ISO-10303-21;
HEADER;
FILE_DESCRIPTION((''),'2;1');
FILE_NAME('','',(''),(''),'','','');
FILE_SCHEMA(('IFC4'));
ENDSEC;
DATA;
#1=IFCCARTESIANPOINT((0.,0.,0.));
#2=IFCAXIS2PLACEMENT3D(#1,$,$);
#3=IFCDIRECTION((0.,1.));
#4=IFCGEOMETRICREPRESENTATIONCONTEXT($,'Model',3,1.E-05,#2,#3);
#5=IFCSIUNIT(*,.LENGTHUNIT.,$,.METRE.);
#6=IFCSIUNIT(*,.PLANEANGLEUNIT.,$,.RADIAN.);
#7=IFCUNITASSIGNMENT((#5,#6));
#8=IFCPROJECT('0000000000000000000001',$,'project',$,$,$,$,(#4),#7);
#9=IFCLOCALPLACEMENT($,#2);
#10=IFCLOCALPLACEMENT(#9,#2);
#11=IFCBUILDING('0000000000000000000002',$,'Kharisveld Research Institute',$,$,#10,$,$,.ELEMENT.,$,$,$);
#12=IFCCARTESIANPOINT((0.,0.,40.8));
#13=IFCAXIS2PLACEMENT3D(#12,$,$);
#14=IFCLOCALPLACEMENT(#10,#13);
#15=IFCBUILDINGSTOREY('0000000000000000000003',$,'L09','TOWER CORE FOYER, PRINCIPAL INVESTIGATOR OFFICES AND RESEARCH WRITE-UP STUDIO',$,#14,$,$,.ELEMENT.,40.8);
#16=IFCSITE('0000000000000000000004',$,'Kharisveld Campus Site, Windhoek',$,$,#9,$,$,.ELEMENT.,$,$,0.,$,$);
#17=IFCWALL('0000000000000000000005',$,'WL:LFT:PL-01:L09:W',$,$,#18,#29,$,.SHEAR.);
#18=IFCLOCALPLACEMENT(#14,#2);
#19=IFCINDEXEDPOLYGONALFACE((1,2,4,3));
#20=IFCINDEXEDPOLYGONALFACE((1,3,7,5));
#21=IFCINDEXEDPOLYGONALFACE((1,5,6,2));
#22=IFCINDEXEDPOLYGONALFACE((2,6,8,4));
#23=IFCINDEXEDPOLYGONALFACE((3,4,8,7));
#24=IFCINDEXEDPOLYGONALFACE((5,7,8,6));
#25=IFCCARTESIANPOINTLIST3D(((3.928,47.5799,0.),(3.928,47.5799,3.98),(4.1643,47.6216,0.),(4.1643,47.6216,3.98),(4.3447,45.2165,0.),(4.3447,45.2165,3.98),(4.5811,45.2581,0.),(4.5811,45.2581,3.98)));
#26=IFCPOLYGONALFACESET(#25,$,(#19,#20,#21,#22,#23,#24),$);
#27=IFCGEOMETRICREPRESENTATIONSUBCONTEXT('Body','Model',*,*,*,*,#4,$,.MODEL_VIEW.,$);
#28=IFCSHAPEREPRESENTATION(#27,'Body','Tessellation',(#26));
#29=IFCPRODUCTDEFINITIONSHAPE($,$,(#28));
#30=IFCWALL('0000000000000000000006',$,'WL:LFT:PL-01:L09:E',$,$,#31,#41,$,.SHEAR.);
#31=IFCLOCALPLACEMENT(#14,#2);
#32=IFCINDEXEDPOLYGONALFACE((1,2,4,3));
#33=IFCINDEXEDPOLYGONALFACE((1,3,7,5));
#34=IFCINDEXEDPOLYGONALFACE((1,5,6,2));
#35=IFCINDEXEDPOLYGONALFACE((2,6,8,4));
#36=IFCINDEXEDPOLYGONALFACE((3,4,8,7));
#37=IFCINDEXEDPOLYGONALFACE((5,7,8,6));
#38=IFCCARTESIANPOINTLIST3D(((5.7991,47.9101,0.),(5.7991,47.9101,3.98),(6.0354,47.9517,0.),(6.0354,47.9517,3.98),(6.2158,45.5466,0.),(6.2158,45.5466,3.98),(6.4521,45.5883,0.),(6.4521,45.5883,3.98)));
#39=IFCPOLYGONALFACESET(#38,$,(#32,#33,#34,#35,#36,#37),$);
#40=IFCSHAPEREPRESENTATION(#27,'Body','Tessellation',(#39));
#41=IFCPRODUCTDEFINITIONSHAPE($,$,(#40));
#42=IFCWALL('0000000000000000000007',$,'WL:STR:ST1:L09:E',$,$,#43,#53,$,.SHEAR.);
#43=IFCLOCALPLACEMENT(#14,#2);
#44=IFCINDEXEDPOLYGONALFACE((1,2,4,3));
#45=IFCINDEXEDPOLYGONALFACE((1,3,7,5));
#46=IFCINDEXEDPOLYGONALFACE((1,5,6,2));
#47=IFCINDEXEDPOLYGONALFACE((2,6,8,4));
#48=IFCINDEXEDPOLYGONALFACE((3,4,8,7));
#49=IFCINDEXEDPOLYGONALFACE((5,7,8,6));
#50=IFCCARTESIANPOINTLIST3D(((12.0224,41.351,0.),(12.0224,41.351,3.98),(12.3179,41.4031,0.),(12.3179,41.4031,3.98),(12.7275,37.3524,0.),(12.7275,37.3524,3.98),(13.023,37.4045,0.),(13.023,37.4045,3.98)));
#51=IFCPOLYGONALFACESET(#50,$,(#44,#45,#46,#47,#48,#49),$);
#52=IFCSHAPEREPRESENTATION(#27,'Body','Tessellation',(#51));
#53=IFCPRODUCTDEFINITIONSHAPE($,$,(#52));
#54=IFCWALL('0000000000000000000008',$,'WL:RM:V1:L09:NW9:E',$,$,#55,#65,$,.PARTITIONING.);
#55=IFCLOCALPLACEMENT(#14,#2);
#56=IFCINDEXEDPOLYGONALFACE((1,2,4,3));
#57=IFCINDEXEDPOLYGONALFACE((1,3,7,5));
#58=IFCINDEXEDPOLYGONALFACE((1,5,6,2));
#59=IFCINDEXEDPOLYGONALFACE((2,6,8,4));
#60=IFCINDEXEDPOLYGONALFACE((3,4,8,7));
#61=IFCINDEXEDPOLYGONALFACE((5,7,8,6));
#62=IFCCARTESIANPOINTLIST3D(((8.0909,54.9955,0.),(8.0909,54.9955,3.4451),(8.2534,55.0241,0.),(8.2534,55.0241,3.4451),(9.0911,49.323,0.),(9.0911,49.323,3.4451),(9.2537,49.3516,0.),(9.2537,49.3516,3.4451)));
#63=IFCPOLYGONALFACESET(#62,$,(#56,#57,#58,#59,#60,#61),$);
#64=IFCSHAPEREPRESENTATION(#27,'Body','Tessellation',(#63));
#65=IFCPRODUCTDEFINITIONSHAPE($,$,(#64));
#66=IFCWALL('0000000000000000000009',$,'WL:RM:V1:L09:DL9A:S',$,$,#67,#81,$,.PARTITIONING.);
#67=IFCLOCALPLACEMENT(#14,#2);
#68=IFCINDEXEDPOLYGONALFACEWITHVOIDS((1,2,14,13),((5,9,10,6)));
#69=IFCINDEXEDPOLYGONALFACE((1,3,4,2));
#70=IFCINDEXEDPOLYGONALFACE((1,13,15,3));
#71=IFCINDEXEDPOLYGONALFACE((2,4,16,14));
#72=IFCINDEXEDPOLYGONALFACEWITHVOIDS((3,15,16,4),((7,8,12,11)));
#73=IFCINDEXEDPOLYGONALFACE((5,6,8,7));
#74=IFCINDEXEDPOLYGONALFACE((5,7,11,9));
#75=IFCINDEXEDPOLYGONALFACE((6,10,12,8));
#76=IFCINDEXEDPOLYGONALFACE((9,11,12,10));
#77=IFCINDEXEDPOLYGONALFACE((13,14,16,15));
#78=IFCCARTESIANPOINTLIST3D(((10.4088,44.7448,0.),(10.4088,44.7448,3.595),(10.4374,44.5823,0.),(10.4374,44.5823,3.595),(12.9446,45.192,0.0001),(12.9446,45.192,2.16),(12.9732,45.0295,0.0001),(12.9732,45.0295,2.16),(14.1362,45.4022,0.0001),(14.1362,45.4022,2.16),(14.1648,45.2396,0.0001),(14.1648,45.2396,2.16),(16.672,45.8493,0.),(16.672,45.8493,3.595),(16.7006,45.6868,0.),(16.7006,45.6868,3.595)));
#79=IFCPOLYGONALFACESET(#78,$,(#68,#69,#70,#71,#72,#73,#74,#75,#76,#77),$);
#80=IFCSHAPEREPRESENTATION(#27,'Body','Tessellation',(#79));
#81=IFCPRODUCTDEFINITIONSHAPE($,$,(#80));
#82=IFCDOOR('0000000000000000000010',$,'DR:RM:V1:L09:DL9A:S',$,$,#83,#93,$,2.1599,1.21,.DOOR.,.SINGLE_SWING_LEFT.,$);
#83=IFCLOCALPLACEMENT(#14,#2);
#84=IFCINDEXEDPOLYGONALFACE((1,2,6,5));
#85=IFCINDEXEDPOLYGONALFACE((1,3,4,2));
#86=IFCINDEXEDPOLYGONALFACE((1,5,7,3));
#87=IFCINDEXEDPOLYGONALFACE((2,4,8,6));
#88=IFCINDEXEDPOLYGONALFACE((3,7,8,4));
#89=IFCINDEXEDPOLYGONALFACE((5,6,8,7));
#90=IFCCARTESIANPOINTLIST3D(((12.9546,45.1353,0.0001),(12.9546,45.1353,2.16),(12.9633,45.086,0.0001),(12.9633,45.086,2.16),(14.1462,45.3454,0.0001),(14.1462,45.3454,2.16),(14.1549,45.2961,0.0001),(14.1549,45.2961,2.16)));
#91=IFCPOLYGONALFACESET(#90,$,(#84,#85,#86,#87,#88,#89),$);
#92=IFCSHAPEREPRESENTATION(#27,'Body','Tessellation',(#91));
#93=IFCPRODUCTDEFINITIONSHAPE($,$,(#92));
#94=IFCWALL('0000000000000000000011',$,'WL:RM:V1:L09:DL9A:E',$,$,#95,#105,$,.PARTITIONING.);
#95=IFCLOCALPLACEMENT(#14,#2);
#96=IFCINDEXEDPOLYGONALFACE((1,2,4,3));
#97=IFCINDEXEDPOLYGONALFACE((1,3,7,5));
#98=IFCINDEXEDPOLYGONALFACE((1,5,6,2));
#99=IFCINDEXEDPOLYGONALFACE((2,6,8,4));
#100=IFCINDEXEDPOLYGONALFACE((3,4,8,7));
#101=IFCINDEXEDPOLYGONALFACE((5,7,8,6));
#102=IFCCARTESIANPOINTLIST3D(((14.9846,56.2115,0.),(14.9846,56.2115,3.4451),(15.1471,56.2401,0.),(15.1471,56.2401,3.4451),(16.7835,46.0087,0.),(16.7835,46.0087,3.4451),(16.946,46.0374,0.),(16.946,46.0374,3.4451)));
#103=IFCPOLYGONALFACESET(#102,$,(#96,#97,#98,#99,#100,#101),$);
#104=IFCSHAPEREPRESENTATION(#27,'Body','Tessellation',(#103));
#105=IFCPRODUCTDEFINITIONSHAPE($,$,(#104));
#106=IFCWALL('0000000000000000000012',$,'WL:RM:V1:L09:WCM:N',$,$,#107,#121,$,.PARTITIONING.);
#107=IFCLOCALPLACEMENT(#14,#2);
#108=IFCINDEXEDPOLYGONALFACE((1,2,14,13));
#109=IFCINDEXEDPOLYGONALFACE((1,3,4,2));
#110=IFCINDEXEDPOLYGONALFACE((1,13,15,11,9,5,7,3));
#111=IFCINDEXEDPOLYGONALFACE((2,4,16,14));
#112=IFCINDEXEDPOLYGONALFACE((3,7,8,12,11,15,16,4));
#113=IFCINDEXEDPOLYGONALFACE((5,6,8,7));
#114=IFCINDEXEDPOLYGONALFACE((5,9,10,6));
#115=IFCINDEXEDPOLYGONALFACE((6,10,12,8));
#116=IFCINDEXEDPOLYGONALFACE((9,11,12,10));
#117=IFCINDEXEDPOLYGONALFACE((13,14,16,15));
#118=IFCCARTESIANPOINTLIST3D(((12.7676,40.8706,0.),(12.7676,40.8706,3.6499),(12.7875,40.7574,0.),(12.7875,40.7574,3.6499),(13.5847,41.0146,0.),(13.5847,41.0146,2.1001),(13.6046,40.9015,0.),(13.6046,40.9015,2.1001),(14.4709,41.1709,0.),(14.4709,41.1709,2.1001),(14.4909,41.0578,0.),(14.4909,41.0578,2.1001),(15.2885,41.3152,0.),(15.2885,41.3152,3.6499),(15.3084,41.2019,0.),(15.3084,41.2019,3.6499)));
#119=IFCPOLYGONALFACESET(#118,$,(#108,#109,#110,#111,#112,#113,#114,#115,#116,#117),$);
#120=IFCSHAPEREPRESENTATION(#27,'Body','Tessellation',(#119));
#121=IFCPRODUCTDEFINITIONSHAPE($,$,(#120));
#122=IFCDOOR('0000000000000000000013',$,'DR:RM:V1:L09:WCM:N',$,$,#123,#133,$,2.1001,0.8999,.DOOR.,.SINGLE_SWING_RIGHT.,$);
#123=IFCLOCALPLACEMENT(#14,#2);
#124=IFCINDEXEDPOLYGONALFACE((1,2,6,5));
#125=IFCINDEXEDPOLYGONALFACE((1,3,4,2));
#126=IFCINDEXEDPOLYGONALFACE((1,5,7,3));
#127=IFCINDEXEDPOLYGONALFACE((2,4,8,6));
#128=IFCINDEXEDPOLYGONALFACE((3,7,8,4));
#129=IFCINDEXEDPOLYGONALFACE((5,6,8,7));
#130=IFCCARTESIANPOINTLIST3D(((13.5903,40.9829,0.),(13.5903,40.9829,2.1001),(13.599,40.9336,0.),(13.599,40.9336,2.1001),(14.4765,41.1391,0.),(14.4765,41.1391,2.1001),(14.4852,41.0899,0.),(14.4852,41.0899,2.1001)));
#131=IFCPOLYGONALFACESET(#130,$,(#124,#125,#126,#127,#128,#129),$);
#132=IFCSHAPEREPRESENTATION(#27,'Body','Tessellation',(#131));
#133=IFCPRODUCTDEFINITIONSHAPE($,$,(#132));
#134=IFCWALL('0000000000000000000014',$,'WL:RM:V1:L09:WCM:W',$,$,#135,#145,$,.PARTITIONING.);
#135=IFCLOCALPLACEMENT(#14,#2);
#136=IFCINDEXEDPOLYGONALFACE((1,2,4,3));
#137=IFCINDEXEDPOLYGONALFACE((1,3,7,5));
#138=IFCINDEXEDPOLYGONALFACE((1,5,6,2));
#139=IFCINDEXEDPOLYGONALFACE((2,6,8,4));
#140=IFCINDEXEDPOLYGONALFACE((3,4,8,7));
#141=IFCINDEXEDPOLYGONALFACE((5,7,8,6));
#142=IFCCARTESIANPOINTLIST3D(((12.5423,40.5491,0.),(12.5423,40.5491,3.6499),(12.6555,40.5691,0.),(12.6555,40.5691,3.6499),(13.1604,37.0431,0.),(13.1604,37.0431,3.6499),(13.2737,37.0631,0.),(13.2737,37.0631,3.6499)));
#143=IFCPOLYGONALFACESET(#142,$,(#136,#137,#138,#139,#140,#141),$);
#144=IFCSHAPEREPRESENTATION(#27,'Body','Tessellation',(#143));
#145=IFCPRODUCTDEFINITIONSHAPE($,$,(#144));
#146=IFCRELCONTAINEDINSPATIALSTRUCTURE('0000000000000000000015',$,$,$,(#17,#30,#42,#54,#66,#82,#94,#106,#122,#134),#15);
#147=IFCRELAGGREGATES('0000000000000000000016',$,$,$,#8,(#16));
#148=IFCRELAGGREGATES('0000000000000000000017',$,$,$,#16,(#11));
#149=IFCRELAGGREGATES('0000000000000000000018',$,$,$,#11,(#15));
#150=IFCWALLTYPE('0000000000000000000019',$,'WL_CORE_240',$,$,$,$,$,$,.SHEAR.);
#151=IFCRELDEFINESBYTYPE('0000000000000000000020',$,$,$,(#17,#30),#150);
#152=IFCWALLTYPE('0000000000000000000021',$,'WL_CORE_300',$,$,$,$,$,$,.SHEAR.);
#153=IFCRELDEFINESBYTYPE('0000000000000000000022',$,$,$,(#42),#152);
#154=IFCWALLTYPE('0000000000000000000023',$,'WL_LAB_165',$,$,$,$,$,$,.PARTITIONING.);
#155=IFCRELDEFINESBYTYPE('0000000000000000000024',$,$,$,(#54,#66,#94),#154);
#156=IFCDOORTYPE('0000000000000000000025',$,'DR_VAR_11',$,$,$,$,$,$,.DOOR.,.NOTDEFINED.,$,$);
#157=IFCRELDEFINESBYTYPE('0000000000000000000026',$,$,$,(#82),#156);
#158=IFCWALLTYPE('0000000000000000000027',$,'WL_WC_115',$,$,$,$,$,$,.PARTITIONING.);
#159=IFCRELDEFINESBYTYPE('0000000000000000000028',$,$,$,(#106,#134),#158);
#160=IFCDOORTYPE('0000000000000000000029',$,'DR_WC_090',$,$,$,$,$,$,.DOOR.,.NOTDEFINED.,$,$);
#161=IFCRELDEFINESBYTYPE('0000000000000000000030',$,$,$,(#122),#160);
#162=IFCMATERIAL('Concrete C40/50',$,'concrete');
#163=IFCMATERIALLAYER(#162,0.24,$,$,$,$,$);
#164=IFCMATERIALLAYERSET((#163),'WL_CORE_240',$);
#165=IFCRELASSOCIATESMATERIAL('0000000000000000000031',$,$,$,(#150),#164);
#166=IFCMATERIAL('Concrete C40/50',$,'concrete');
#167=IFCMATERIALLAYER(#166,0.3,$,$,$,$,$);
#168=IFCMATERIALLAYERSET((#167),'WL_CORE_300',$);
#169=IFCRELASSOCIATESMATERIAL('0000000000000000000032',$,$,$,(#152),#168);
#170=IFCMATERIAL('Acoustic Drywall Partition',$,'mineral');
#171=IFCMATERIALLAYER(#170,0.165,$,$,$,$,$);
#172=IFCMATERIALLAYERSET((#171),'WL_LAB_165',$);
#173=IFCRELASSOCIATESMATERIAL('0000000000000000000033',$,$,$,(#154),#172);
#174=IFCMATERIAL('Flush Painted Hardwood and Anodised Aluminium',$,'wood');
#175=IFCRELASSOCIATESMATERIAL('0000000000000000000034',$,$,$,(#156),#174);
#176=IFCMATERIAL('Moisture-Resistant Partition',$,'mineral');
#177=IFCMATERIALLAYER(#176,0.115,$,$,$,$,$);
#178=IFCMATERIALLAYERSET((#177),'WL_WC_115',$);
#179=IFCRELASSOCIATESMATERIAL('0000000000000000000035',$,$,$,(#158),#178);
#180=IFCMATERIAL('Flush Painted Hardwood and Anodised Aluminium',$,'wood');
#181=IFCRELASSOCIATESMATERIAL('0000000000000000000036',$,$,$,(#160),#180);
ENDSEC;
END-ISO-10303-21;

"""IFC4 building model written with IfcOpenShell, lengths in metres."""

from ifc_helpers import new_model, si_unit, direction, frame, frame_2d, origin, place, context, subcontext, project, spatial, rectangle, extrude, material, layer, layer_set, type_object, element, fill, save


model = new_model("IFC4")

# Units and contexts
model_context = context("Model", 3, precision=1e-05, world=origin(), true_north=direction((0.0, 1.0)))
body_context = subcontext(model_context, "Body", "Model", "MODEL_VIEW")
ifc_project = project(units=[si_unit("LENGTHUNIT", "METRE"), si_unit("PLANEANGLEUNIT", "RADIAN")], contexts=[model_context])

# Site, building, storey
site_placement = place(None, origin())
site = spatial("IfcSite", under=ifc_project, at=site_placement, Name="Kharisveld Campus Site, Windhoek", CompositionType="ELEMENT", RefElevation=0.0)
building_placement = place(site_placement, origin())
building = spatial("IfcBuilding", under=site, at=building_placement, Name="Kharisveld Research Institute", CompositionType="ELEMENT")
storey_placement = place(building_placement, frame((0.0, 0.0, 40.8)))
storey = spatial("IfcBuildingStorey", under=building, at=storey_placement, Name="L09", Description="TOWER CORE FOYER, PRINCIPAL INVESTIGATOR OFFICES AND RESEARCH WRITE-UP STUDIO", CompositionType="ELEMENT", Elevation=40.8)

# Walls
ifc_material_1 = material(Name="Concrete C40/50", Category="concrete")
ifc_layer_1 = layer(ifc_material_1, 0.24)
ifc_layer_set_1 = layer_set([ifc_layer_1], Name="WL_CORE_240")
wall_type_1 = type_object("IfcWallType", Name="WL_CORE_240", PredefinedType="SHEAR", material=ifc_layer_set_1)
for number, where, z_axis, x_axis, name in (
    (1, (4.4629, 45.2373, 0.0), (0.0, 0.0, 1.0), (-0.173646, 0.984808, 0.0), "WL:LFT:PL-01:L09:W"),
    (2, (5.9172, 47.9309, 0.0), (0.0, 0.0, 1.0), (0.173646, -0.984808, 0.0), "WL:LFT:PL-01:L09:E"),
):
    element("IfcWall", number, at=place(storey_placement, frame(where, z_axis=z_axis, x_axis=x_axis)), inside=storey, type_object=wall_type_1, Name=name, PredefinedType="SHEAR", context=body_context, shape_type="SweptSolid", body=[
        extrude(rectangle(XDim=2.3999, YDim=0.24, at=frame_2d((1.2, 0.0))), origin(), (0.0, 0.0, 1.0), 3.98),
    ])

# Shared definitions
ifc_material_2 = material(Name="Concrete C40/50", Category="concrete")
ifc_layer_2 = layer(ifc_material_2, 0.3)
ifc_layer_set_2 = layer_set([ifc_layer_2], Name="WL_CORE_300")
wall_type_2 = type_object("IfcWallType", Name="WL_CORE_300", PredefinedType="SHEAR", material=ifc_layer_set_2)

# Walls
wall_1_placement = place(storey_placement, frame((12.1702, 41.3772, 0.0), z_axis=(0.0, 0.0, 1.0), x_axis=(0.173655, -0.984807, 0.0)))
element("IfcWall", 3, at=wall_1_placement, inside=storey, type_object=wall_type_2, Name="WL:STR:ST1:L09:E", PredefinedType="SHEAR", context=body_context, shape_type="SweptSolid", body=[
    extrude(rectangle(XDim=4.0603, YDim=0.3, at=frame_2d((2.0303, 0.0))), origin(), (0.0, 0.0, 1.0), 3.98),
])
ifc_material_3 = material(Name="Acoustic Drywall Partition", Category="mineral")
ifc_layer_3 = layer(ifc_material_3, 0.165)
ifc_layer_set_3 = layer_set([ifc_layer_3], Name="WL_LAB_165")
wall_type_3 = type_object("IfcWallType", Name="WL_LAB_165", PredefinedType="PARTITIONING", material=ifc_layer_set_3)
wall_2_placement = place(storey_placement, frame((9.1724, 49.3374, 0.0), z_axis=(0.0, 0.0, 1.0), x_axis=(-0.17365, 0.984807, 0.0)))
element("IfcWall", 4, at=wall_2_placement, inside=storey, type_object=wall_type_3, Name="WL:RM:V1:L09:NW9:E", PredefinedType="PARTITIONING", context=body_context, shape_type="SweptSolid", body=[
    extrude(rectangle(XDim=5.76, YDim=0.165, at=frame_2d((2.8799, 0.0))), origin(), (0.0, 0.0, 1.0), 3.4451),
])

# Wall, opening, door
wall_3_placement = place(storey_placement, frame((10.4231, 44.6636, 0.0), z_axis=(0.0, 0.0, 1.0), x_axis=(0.984804, 0.173667, 0.0)))
wall_3 = element("IfcWall", 5, at=wall_3_placement, inside=storey, type_object=wall_type_3, Name="WL:RM:V1:L09:DL9A:S", PredefinedType="PARTITIONING", context=body_context, shape_type="SweptSolid", body=[
    extrude(rectangle(XDim=6.3599, YDim=0.165, at=frame_2d((3.1799, 0.0))), origin(), (0.0, 0.0, 1.0), 3.595),
])
opening_1_placement = place(wall_3_placement, frame((2.575, 0.0, 0.0)))
opening_1 = element("IfcOpeningElement", 6, at=opening_1_placement, cuts=wall_3, PredefinedType="OPENING", context=body_context, shape_type="SweptSolid", body=[
    extrude(rectangle(XDim=1.21, YDim=2.1599, at=frame_2d((0.605, 1.0801))), frame((0.0, 0.0825, 0.0), z_axis=(0.0, -1.0, 0.0), x_axis=(1.0, 0.0, 0.0)), (0.0, 0.0, 1.0), 0.165),
])
ifc_material_4 = material(Name="Flush Painted Hardwood and Anodised Aluminium", Category="wood")
door_type_1 = type_object("IfcDoorType", Name="DR_VAR_11", OperationType="NOTDEFINED", PredefinedType="DOOR", material=ifc_material_4)
door_1_placement = place(opening_1_placement, origin())
door_1 = element("IfcDoor", 7, at=door_1_placement, inside=storey, type_object=door_type_1, Name="DR:RM:V1:L09:DL9A:S", OperationType="SINGLE_SWING_LEFT", OverallHeight=2.1599, OverallWidth=1.21, PredefinedType="DOOR", context=body_context, shape_type="SweptSolid", body=[
    extrude(rectangle(XDim=1.21, YDim=2.1599, at=frame_2d((0.605, 1.0801))), frame((0.0, 0.0249, 0.0), z_axis=(0.0, -1.0, 0.0), x_axis=(1.0, 0.0, 0.0)), (0.0, 0.0, 1.0), 0.05),
])
fill(opening_1, door_1)

# Wall
wall_4_placement = place(storey_placement, frame((16.8647, 46.0229, 0.0), z_axis=(0.0, 0.0, 1.0), x_axis=(-0.173632, 0.984811, 0.0)))
element("IfcWall", 8, at=wall_4_placement, inside=storey, type_object=wall_type_3, Name="WL:RM:V1:L09:DL9A:E", PredefinedType="PARTITIONING", context=body_context, shape_type="SweptSolid", body=[
    extrude(rectangle(XDim=10.3601, YDim=0.165, at=frame_2d((5.1802, 0.0))), origin(), (0.0, 0.0, 1.0), 3.4451),
])

# Wall, opening, door
ifc_material_5 = material(Name="Moisture-Resistant Partition", Category="mineral")
ifc_layer_4 = layer(ifc_material_5, 0.115)
ifc_layer_set_4 = layer_set([ifc_layer_4], Name="WL_WC_115")
wall_type_4 = type_object("IfcWallType", Name="WL_WC_115", PredefinedType="PARTITIONING", material=ifc_layer_set_4)
wall_5_placement = place(storey_placement, frame((15.2983, 41.2585, 0.0), z_axis=(0.0, 0.0, 1.0), x_axis=(-0.984804, -0.173671, 0.0)))
wall_5 = element("IfcWall", 9, at=wall_5_placement, inside=storey, type_object=wall_type_4, Name="WL:RM:V1:L09:WCM:N", PredefinedType="PARTITIONING", context=body_context, shape_type="SweptSolid", body=[
    extrude(rectangle(XDim=2.5598, YDim=0.115, at=frame_2d((1.2798, 0.0))), origin(), (0.0, 0.0, 1.0), 3.6499),
])
opening_2_placement = place(wall_5_placement, frame((0.8301, 0.0, 0.0)))
opening_2 = element("IfcOpeningElement", 10, at=opening_2_placement, cuts=wall_5, PredefinedType="OPENING", context=body_context, shape_type="SweptSolid", body=[
    extrude(rectangle(XDim=0.8999, YDim=2.1001, at=frame_2d((0.45, 1.05))), frame((0.0, 0.0576, 0.0), z_axis=(0.0, -1.0, 0.0), x_axis=(1.0, 0.0, 0.0)), (0.0, 0.0, 1.0), 0.115),
])
ifc_material_6 = material(Name="Flush Painted Hardwood and Anodised Aluminium", Category="wood")
door_type_2 = type_object("IfcDoorType", Name="DR_WC_090", OperationType="NOTDEFINED", PredefinedType="DOOR", material=ifc_material_6)
door_2_placement = place(opening_2_placement, origin())
door_2 = element("IfcDoor", 11, at=door_2_placement, inside=storey, type_object=door_type_2, Name="DR:RM:V1:L09:WCM:N", OperationType="SINGLE_SWING_RIGHT", OverallHeight=2.1001, OverallWidth=0.8999, PredefinedType="DOOR", context=body_context, shape_type="SweptSolid", body=[
    extrude(rectangle(XDim=0.8999, YDim=2.1001, at=frame_2d((0.45, 1.05))), frame((0.0, 0.0249, 0.0), z_axis=(0.0, -1.0, 0.0), x_axis=(1.0, 0.0, 0.0)), (0.0, 0.0, 1.0), 0.05),
])
fill(opening_2, door_2)

# Wall
wall_6_placement = place(storey_placement, frame((12.5989, 40.5591, 0.0), z_axis=(0.0, 0.0, 1.0), x_axis=(0.173644, -0.984808, 0.0)))
element("IfcWall", 12, at=wall_6_placement, inside=storey, type_object=wall_type_4, Name="WL:RM:V1:L09:WCM:W", PredefinedType="PARTITIONING", context=body_context, shape_type="SweptSolid", body=[
    extrude(rectangle(XDim=3.5601, YDim=0.115, at=frame_2d((1.78, 0.0))), origin(), (0.0, 0.0, 1.0), 3.6499),
])

save(model, "model.ifc")
